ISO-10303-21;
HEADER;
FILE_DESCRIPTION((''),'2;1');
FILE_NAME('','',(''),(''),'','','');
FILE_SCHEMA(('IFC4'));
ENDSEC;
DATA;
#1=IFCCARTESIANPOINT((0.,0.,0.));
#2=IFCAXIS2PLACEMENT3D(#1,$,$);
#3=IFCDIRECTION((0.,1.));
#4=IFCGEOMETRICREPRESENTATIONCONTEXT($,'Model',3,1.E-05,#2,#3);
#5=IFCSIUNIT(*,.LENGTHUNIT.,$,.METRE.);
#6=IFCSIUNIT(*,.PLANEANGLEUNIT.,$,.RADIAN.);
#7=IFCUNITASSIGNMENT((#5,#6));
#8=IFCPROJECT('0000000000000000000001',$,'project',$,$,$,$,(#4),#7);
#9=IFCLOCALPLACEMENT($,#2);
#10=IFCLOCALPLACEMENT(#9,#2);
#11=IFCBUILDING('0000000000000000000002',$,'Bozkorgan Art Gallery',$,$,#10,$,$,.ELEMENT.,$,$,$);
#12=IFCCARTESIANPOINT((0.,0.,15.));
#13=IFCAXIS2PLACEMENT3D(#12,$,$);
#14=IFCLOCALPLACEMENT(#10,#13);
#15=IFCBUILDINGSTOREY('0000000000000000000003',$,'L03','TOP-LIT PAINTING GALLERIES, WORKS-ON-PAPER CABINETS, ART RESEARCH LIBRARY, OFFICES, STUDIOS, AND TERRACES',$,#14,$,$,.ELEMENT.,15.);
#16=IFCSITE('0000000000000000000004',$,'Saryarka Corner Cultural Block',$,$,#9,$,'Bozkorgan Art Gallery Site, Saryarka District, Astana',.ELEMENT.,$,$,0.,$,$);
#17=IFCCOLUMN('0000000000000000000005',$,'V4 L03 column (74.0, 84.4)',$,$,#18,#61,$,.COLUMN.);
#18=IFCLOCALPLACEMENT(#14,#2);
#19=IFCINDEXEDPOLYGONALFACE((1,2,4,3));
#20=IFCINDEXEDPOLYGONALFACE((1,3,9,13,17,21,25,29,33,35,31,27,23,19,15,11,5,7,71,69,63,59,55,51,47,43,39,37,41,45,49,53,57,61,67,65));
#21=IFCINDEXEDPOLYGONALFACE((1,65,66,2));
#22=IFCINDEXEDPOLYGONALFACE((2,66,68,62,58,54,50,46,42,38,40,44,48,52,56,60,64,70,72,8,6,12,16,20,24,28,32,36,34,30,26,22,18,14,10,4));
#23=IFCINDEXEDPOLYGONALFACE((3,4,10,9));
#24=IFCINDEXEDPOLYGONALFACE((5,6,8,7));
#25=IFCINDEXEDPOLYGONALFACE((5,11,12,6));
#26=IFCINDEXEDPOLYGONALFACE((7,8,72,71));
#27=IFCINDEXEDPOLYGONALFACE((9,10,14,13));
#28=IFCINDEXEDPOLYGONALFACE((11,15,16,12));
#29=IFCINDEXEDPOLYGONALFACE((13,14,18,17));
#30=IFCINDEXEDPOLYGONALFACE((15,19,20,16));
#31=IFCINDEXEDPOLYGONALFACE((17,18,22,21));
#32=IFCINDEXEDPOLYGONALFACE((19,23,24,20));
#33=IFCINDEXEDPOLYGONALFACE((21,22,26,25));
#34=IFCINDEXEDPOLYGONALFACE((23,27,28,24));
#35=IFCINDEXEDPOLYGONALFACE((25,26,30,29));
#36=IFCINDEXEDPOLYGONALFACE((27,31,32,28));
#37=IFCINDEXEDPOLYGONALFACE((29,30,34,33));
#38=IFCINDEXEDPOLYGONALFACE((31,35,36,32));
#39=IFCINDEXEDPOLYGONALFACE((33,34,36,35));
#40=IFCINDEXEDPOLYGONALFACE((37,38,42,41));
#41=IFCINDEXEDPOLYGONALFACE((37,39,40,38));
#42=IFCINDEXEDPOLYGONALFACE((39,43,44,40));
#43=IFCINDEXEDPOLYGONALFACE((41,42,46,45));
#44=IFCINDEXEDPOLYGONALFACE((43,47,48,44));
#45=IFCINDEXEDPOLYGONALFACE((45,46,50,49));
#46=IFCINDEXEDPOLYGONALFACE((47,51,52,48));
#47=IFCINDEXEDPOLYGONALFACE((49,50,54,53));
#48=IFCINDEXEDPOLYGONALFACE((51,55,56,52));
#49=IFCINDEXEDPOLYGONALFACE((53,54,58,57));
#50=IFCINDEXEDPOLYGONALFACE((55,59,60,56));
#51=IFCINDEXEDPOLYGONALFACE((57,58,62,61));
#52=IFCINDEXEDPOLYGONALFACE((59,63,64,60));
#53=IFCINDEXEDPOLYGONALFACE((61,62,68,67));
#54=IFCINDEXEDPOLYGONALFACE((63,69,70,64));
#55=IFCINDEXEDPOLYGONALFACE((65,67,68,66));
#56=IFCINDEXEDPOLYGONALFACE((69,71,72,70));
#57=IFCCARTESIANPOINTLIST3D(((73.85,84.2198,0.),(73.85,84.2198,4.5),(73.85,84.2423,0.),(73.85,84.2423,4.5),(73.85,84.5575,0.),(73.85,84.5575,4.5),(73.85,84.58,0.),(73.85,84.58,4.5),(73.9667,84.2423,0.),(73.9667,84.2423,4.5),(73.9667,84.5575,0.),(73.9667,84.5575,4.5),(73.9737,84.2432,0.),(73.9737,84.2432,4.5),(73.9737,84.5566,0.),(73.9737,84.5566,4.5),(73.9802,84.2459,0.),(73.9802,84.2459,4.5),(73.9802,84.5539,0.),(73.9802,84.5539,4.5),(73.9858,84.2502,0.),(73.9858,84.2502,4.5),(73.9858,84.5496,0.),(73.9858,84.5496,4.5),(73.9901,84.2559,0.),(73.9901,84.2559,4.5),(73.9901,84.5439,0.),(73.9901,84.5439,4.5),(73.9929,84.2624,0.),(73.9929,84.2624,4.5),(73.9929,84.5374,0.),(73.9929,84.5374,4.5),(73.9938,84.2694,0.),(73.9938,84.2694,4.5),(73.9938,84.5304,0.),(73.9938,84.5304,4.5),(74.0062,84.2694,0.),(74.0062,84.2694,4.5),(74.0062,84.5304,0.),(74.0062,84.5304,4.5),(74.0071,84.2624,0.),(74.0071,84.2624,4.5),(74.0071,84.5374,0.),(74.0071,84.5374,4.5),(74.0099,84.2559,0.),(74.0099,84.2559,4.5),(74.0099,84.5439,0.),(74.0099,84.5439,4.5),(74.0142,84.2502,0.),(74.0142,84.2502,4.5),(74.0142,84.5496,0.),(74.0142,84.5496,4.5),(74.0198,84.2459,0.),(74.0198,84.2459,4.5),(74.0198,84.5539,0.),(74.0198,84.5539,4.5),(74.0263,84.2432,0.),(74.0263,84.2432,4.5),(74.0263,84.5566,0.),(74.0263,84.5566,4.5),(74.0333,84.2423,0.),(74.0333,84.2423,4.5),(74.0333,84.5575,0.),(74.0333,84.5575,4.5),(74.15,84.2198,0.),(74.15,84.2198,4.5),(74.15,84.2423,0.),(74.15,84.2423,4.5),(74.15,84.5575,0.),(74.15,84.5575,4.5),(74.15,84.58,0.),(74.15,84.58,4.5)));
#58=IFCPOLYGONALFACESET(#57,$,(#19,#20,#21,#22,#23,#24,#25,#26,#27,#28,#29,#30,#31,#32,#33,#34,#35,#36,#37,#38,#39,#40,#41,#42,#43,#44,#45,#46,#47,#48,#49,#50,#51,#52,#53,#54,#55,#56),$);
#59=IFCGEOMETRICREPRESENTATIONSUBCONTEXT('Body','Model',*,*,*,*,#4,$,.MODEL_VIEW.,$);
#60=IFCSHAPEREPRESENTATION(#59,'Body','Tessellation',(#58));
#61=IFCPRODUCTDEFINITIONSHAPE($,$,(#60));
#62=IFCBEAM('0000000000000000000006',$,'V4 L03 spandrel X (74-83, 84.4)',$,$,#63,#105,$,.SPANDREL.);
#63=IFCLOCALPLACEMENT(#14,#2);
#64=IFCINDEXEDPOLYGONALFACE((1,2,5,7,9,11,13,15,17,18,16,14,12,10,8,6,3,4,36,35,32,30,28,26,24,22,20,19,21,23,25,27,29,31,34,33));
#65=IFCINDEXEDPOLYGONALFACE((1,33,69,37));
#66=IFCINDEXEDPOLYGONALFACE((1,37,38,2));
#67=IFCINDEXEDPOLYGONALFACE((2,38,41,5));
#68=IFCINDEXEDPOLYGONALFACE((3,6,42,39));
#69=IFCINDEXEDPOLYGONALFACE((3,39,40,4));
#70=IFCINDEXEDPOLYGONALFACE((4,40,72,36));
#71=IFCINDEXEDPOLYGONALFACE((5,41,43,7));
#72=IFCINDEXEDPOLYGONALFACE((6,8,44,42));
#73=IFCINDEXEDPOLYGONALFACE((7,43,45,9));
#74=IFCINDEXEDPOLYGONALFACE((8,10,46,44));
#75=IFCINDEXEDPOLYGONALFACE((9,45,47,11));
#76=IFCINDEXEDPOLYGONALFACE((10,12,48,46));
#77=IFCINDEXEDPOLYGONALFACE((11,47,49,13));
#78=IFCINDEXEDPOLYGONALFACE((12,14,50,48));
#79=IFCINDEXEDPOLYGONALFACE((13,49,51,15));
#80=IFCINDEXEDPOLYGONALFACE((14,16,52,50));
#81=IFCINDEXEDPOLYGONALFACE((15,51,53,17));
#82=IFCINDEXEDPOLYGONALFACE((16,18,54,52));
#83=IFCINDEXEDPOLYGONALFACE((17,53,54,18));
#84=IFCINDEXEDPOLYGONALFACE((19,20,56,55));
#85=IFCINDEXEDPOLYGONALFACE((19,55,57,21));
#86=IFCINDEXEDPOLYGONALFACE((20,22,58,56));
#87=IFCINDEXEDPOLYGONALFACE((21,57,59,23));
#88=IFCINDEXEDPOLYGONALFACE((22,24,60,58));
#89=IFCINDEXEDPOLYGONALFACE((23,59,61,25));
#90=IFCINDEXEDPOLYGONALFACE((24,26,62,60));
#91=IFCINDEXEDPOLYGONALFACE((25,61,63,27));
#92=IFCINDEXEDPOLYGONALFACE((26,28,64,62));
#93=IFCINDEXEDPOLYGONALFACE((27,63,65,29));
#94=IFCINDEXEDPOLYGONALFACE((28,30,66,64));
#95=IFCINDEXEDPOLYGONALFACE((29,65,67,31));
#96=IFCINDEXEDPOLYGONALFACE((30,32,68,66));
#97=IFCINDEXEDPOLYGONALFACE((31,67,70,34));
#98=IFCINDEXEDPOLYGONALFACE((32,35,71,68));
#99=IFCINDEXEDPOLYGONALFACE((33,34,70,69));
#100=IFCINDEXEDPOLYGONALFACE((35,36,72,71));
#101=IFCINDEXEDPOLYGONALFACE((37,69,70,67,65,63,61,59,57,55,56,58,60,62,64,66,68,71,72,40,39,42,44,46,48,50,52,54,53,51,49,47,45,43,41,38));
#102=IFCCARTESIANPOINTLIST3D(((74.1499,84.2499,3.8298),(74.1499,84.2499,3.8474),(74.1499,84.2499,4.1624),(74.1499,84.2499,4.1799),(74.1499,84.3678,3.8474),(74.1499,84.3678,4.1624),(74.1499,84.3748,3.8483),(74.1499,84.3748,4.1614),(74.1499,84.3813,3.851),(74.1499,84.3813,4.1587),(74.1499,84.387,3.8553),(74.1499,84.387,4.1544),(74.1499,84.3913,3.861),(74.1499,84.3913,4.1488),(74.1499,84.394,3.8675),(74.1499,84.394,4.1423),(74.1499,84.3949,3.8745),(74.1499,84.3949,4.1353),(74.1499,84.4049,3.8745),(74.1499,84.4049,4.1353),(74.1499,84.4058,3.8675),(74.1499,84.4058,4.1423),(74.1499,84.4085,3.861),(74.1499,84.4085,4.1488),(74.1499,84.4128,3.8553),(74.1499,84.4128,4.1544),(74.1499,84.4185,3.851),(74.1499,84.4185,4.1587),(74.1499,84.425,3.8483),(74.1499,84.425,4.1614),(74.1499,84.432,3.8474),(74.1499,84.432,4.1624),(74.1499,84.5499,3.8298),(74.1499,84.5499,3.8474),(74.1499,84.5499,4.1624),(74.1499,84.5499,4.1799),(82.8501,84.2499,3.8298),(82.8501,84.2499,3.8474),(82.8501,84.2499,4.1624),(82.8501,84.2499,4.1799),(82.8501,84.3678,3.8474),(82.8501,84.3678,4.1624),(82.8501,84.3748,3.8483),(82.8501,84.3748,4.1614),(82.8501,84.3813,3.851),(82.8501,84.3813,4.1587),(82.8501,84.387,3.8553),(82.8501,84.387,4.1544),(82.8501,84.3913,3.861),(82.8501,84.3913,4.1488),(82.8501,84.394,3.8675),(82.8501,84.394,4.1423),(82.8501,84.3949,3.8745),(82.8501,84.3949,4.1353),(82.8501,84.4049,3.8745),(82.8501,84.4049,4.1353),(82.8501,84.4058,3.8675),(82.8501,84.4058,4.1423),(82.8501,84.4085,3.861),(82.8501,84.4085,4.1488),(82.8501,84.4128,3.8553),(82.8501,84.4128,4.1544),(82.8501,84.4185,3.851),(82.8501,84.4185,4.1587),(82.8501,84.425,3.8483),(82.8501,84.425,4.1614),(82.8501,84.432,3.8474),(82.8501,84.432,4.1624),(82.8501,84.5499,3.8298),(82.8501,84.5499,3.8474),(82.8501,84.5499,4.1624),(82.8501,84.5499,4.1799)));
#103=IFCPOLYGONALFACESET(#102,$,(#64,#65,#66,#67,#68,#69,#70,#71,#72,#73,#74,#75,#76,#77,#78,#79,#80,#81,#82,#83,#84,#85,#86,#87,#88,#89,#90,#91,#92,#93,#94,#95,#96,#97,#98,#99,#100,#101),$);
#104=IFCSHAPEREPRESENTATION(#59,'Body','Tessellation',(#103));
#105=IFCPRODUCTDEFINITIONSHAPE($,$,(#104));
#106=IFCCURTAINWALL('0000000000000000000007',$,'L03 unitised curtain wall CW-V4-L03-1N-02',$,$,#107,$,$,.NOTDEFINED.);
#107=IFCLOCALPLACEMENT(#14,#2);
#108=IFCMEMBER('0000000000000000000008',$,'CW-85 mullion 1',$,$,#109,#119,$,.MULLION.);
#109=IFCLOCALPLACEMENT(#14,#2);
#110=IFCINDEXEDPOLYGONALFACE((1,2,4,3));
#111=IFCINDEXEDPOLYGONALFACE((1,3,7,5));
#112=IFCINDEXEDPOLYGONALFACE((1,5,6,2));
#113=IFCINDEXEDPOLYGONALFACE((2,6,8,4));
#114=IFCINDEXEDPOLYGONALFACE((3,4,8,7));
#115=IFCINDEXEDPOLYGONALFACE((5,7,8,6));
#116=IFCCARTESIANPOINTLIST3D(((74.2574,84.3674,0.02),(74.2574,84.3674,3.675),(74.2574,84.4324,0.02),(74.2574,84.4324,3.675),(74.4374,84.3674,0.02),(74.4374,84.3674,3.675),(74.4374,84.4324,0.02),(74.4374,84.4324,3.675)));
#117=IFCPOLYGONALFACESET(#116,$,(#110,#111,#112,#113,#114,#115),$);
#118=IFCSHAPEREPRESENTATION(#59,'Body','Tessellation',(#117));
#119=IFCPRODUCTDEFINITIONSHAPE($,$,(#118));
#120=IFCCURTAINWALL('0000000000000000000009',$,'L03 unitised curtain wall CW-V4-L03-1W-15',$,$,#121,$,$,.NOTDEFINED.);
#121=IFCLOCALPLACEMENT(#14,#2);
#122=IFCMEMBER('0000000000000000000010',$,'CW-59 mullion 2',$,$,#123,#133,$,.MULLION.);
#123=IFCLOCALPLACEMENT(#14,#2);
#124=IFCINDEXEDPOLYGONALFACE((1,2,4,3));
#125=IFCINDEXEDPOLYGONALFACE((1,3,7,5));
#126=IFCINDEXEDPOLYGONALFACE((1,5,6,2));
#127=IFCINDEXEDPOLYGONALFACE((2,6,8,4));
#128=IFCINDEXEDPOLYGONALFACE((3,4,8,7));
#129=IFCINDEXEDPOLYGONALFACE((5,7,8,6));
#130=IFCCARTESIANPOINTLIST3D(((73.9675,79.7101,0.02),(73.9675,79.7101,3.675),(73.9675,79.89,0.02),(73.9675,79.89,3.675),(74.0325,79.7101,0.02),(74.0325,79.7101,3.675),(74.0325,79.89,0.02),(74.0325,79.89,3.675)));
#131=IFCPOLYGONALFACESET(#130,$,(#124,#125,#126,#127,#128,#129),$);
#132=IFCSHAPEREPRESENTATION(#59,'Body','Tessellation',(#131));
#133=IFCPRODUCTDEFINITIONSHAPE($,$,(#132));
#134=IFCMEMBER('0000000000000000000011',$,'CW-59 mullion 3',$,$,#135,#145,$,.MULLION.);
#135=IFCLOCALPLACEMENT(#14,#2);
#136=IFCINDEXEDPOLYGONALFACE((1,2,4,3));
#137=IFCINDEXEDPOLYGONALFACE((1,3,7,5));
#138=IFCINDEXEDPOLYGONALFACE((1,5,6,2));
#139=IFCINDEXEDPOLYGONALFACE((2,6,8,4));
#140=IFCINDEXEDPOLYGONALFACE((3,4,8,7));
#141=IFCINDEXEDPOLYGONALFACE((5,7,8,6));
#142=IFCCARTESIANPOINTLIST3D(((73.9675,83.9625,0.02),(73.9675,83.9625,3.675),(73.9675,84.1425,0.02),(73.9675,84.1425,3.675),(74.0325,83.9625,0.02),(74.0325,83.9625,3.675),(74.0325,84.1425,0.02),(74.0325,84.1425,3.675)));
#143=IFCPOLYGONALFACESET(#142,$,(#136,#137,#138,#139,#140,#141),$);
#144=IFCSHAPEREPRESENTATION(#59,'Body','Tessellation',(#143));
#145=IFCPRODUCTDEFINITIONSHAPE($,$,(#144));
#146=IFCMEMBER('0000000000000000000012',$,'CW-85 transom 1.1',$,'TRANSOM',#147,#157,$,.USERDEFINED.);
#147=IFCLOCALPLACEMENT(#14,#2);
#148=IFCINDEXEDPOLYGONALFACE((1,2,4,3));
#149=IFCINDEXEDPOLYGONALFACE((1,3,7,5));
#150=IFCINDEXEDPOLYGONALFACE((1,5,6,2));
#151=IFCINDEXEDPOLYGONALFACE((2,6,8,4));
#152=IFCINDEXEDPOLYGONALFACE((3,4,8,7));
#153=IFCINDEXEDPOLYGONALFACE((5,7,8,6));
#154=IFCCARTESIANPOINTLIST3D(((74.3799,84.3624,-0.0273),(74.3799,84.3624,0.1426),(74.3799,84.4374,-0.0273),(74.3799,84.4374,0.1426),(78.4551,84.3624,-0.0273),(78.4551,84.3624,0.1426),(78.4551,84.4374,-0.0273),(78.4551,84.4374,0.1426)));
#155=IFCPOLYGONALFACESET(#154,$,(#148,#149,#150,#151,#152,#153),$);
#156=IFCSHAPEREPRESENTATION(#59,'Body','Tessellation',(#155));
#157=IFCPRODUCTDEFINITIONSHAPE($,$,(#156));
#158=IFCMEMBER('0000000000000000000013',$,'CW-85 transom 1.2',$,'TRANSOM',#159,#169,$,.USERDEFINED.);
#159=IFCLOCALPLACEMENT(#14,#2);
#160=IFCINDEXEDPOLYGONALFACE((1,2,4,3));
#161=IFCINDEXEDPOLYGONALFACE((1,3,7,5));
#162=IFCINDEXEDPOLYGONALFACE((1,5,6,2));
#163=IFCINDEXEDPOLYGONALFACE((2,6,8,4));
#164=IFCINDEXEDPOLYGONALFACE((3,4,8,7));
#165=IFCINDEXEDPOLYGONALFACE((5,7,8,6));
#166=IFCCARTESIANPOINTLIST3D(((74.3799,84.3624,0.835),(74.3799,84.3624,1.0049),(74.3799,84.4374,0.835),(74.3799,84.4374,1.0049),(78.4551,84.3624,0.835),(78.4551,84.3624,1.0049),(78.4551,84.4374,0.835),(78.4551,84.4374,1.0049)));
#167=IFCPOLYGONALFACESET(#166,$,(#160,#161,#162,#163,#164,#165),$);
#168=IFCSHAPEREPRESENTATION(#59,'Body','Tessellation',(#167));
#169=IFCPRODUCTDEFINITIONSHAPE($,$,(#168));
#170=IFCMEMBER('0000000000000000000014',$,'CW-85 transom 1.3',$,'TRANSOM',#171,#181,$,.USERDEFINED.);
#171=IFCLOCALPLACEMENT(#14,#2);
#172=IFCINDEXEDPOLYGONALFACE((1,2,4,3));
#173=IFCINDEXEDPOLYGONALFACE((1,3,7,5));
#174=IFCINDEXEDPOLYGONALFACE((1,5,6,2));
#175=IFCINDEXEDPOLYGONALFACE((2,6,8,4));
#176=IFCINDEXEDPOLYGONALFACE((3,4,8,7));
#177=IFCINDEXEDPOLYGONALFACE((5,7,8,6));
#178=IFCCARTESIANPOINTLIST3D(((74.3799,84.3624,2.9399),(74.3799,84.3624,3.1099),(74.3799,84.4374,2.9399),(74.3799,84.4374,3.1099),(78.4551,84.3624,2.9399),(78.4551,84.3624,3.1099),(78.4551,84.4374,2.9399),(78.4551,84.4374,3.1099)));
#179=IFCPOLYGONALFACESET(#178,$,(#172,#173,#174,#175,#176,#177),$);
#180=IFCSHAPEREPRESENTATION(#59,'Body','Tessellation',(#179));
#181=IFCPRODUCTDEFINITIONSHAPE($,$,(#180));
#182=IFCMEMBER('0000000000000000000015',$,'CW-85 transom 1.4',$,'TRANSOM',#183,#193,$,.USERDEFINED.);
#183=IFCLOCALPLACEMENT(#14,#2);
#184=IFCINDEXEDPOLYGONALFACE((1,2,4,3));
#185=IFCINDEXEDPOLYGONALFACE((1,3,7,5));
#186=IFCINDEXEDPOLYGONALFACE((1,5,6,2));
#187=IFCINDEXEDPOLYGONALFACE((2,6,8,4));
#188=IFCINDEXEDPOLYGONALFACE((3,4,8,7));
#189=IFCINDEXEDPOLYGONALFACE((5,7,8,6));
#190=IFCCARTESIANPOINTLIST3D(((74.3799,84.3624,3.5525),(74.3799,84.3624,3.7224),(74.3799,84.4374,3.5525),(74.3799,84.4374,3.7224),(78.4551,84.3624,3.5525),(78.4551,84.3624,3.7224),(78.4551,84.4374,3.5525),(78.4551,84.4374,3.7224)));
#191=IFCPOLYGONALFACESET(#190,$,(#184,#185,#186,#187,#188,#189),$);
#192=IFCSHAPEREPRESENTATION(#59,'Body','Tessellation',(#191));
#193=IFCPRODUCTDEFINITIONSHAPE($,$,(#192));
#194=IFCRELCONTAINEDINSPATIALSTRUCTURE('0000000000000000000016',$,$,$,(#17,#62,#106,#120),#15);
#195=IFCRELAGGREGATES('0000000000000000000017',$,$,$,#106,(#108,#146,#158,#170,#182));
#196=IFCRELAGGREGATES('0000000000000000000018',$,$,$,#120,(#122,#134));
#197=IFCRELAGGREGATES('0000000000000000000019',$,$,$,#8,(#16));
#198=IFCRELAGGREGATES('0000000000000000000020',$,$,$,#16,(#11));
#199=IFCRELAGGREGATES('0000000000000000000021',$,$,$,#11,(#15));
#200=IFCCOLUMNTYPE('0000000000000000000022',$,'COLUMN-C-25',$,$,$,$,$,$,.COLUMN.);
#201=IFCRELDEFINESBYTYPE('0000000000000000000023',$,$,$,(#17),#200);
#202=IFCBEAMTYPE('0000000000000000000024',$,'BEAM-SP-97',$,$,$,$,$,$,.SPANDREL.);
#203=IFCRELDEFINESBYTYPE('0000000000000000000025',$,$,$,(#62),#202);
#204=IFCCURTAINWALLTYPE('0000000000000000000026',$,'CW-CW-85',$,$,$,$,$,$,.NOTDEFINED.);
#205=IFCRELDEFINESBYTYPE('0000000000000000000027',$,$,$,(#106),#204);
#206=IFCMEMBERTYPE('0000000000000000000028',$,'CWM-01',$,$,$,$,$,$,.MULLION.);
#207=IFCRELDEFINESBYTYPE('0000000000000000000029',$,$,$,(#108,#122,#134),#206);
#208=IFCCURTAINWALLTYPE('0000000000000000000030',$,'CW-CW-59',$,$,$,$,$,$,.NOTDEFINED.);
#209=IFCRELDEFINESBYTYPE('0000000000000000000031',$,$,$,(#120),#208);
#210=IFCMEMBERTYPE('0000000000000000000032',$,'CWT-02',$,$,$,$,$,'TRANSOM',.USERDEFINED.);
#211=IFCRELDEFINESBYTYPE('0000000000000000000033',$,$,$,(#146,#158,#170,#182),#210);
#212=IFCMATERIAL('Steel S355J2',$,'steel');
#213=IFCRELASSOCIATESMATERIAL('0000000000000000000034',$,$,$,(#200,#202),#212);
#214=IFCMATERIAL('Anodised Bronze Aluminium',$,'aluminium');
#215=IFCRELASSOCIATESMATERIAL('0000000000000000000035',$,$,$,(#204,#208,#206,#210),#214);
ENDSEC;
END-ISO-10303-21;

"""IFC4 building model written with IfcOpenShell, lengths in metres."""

from ifc_helpers import new_model, si_unit, direction, frame, origin, origin_2d, place, context, subcontext, project, spatial, rectangle, i_section, extrude, material, material_profile, profile_set, type_object, element, aggregate, save


model = new_model("IFC4")

# Units and contexts
model_context = context("Model", 3, precision=1e-05, world=origin(), true_north=direction((0.0, 1.0)))
body_context = subcontext(model_context, "Body", "Model", "MODEL_VIEW")
ifc_project = project(units=[si_unit("LENGTHUNIT", "METRE"), si_unit("PLANEANGLEUNIT", "RADIAN")], contexts=[model_context])

# Site, building, storey
site_placement = place(None, origin())
site = spatial("IfcSite", under=ifc_project, at=site_placement, Name="Saryarka Corner Cultural Block", LongName="Bozkorgan Art Gallery Site, Saryarka District, Astana", CompositionType="ELEMENT", RefElevation=0.0)
building_placement = place(site_placement, origin())
building = spatial("IfcBuilding", under=site, at=building_placement, Name="Bozkorgan Art Gallery", CompositionType="ELEMENT")
storey_placement = place(building_placement, frame((0.0, 0.0, 15.0)))
storey = spatial("IfcBuildingStorey", under=building, at=storey_placement, Name="L03", Description="TOP-LIT PAINTING GALLERIES, WORKS-ON-PAPER CABINETS, ART RESEARCH LIBRARY, OFFICES, STUDIOS, AND TERRACES", CompositionType="ELEMENT", Elevation=15.0)

# Column
ifc_material_1 = material(Name="Steel S355J2", Category="steel")
ifc_material_profile_1 = material_profile(ifc_material_1, i_section(OverallWidth=0.3, OverallDepth=0.3601, WebThickness=0.0125, FlangeThickness=0.0225, FilletRadius=0.0271, at=origin_2d()), Name="HEB 360")
ifc_profile_set_1 = profile_set([ifc_material_profile_1], Name="Steel S355J2")
column_type = type_object("IfcColumnType", Name="COLUMN-C-25", PredefinedType="COLUMN", material=ifc_profile_set_1)
column_placement = place(storey_placement, frame((74.0, 84.3999, 0.0), z_axis=(0.0, 0.0, 1.0), x_axis=(1.0, 0.0, 0.0)))
element("IfcColumn", 1, at=column_placement, inside=storey, type_object=column_type, Name="V4 L03 column (74.0, 84.4)", PredefinedType="COLUMN", context=body_context, shape_type="SweptSolid", body=[
    extrude(i_section(OverallWidth=0.3, OverallDepth=0.3601, WebThickness=0.0125, FlangeThickness=0.0225, FilletRadius=0.0271, at=origin_2d()), origin(), (0.0, 0.0, 1.0), 4.5),
])

# Beam
ifc_material_profile_2 = material_profile(ifc_material_1, i_section(OverallWidth=0.3, OverallDepth=0.3501, WebThickness=0.01, FlangeThickness=0.0176, FilletRadius=0.0271, at=origin_2d()), Name="HEA 360")
ifc_profile_set_2 = profile_set([ifc_material_profile_2], Name="Steel S355J2")
beam_type = type_object("IfcBeamType", Name="BEAM-SP-97", PredefinedType="SPANDREL", material=ifc_profile_set_2)
beam_placement = place(storey_placement, frame((74.1499, 84.3999, 4.0049), z_axis=(1.0, 0.0, 0.0), x_axis=(0.0, 1.0, 0.0)))
element("IfcBeam", 2, at=beam_placement, inside=storey, type_object=beam_type, Name="V4 L03 spandrel X (74-83, 84.4)", PredefinedType="SPANDREL", context=body_context, shape_type="SweptSolid", body=[
    extrude(i_section(OverallWidth=0.3, OverallDepth=0.3501, WebThickness=0.01, FlangeThickness=0.0176, FilletRadius=0.0271, at=origin_2d()), origin(), (0.0, 0.0, 1.0), 8.7002),
])

# Curtain wall, member
ifc_material_2 = material(Name="Anodised Bronze Aluminium", Category="aluminium")
curtain_wall_type_1 = type_object("IfcCurtainWallType", Name="CW-CW-85", PredefinedType="NOTDEFINED", material=ifc_material_2)
curtain_wall_1_placement = place(storey_placement, origin())
curtain_wall_1 = element("IfcCurtainWall", 3, at=curtain_wall_1_placement, inside=storey, type_object=curtain_wall_type_1, Name="L03 unitised curtain wall CW-V4-L03-1N-02", PredefinedType="NOTDEFINED")
ifc_material_profile_3 = material_profile(ifc_material_2, rectangle(XDim=0.0649, YDim=0.1799, at=origin_2d()), Name="ALU MULLION 65x180")
ifc_profile_set_3 = profile_set([ifc_material_profile_3], Name="Anodised Bronze Aluminium")
member_type_1 = type_object("IfcMemberType", Name="CWM-01", PredefinedType="MULLION", material=ifc_profile_set_3)
member_1_placement = place(storey_placement, frame((74.3474, 84.3999, 0.02), z_axis=(0.0, 0.0, 1.0), x_axis=(0.0, 1.0, 0.0)))
member_1 = element("IfcMember", 4, at=member_1_placement, type_object=member_type_1, Name="CW-85 mullion 1", PredefinedType="MULLION", context=body_context, shape_type="SweptSolid", body=[
    extrude(rectangle(XDim=0.0649, YDim=0.1799, at=origin_2d()), origin(), (0.0, 0.0, 1.0), 3.655),
])

# Curtain wall, members
curtain_wall_type_2 = type_object("IfcCurtainWallType", Name="CW-CW-59", PredefinedType="NOTDEFINED", material=ifc_material_2)
curtain_wall_2_placement = place(storey_placement, origin())
curtain_wall_2 = element("IfcCurtainWall", 5, at=curtain_wall_2_placement, inside=storey, type_object=curtain_wall_type_2, Name="L03 unitised curtain wall CW-V4-L03-1W-15", PredefinedType="NOTDEFINED")
member_2_placement = place(storey_placement, frame((74.0, 79.8, 0.02), z_axis=(0.0, 0.0, 1.0), x_axis=(-1.0, 0.0, 0.0)))
member_2 = element("IfcMember", 6, at=member_2_placement, type_object=member_type_1, Name="CW-59 mullion 2", PredefinedType="MULLION", context=body_context, shape_type="SweptSolid", body=[
    extrude(rectangle(XDim=0.0649, YDim=0.1799, at=origin_2d()), origin(), (0.0, 0.0, 1.0), 3.655),
])
member_3_placement = place(storey_placement, frame((74.0, 84.0525, 0.02), z_axis=(0.0, 0.0, 1.0), x_axis=(-1.0, 0.0, 0.0)))
member_3 = element("IfcMember", 7, at=member_3_placement, type_object=member_type_1, Name="CW-59 mullion 3", PredefinedType="MULLION", context=body_context, shape_type="SweptSolid", body=[
    extrude(rectangle(XDim=0.0649, YDim=0.1799, at=origin_2d()), origin(), (0.0, 0.0, 1.0), 3.655),
])

# Members
ifc_material_profile_4 = material_profile(ifc_material_2, rectangle(XDim=0.075, YDim=0.1699, at=origin_2d()), Name="ALU TRANSOM 75x170")
ifc_profile_set_4 = profile_set([ifc_material_profile_4], Name="Anodised Bronze Aluminium")
member_type_2 = type_object("IfcMemberType", Name="CWT-02", ElementType="TRANSOM", PredefinedType="USERDEFINED", material=ifc_profile_set_4)
member_4_placement = place(storey_placement, frame((74.3799, 84.3999, 0.0576), z_axis=(1.0, 0.0, 0.0), x_axis=(0.0, 1.0, 0.0)))
member_4 = element("IfcMember", 8, at=member_4_placement, type_object=member_type_2, Name="CW-85 transom 1.1", ObjectType="TRANSOM", PredefinedType="USERDEFINED", context=body_context, shape_type="SweptSolid", body=[
    extrude(rectangle(XDim=0.075, YDim=0.1699, at=origin_2d()), origin(), (0.0, 0.0, 1.0), 4.0752),
])
member_5_placement = place(storey_placement, frame((74.3799, 84.3999, 0.9199), z_axis=(1.0, 0.0, 0.0), x_axis=(0.0, 1.0, 0.0)))
member_5 = element("IfcMember", 9, at=member_5_placement, type_object=member_type_2, Name="CW-85 transom 1.2", ObjectType="TRANSOM", PredefinedType="USERDEFINED", context=body_context, shape_type="SweptSolid", body=[
    extrude(rectangle(XDim=0.075, YDim=0.1699, at=origin_2d()), origin(), (0.0, 0.0, 1.0), 4.0752),
])
member_6_placement = place(storey_placement, frame((74.3799, 84.3999, 3.0249), z_axis=(1.0, 0.0, 0.0), x_axis=(0.0, 1.0, 0.0)))
member_6 = element("IfcMember", 10, at=member_6_placement, type_object=member_type_2, Name="CW-85 transom 1.3", ObjectType="TRANSOM", PredefinedType="USERDEFINED", context=body_context, shape_type="SweptSolid", body=[
    extrude(rectangle(XDim=0.075, YDim=0.1699, at=origin_2d()), origin(), (0.0, 0.0, 1.0), 4.0752),
])
member_7_placement = place(storey_placement, frame((74.3799, 84.3999, 3.6375), z_axis=(1.0, 0.0, 0.0), x_axis=(0.0, 1.0, 0.0)))
member_7 = element("IfcMember", 11, at=member_7_placement, type_object=member_type_2, Name="CW-85 transom 1.4", ObjectType="TRANSOM", PredefinedType="USERDEFINED", context=body_context, shape_type="SweptSolid", body=[
    extrude(rectangle(XDim=0.075, YDim=0.1699, at=origin_2d()), origin(), (0.0, 0.0, 1.0), 4.0752),
])

aggregate(curtain_wall_1, [member_1, member_4, member_5, member_6, member_7])
aggregate(curtain_wall_2, [member_2, member_3])

save(model, "model.ifc")
